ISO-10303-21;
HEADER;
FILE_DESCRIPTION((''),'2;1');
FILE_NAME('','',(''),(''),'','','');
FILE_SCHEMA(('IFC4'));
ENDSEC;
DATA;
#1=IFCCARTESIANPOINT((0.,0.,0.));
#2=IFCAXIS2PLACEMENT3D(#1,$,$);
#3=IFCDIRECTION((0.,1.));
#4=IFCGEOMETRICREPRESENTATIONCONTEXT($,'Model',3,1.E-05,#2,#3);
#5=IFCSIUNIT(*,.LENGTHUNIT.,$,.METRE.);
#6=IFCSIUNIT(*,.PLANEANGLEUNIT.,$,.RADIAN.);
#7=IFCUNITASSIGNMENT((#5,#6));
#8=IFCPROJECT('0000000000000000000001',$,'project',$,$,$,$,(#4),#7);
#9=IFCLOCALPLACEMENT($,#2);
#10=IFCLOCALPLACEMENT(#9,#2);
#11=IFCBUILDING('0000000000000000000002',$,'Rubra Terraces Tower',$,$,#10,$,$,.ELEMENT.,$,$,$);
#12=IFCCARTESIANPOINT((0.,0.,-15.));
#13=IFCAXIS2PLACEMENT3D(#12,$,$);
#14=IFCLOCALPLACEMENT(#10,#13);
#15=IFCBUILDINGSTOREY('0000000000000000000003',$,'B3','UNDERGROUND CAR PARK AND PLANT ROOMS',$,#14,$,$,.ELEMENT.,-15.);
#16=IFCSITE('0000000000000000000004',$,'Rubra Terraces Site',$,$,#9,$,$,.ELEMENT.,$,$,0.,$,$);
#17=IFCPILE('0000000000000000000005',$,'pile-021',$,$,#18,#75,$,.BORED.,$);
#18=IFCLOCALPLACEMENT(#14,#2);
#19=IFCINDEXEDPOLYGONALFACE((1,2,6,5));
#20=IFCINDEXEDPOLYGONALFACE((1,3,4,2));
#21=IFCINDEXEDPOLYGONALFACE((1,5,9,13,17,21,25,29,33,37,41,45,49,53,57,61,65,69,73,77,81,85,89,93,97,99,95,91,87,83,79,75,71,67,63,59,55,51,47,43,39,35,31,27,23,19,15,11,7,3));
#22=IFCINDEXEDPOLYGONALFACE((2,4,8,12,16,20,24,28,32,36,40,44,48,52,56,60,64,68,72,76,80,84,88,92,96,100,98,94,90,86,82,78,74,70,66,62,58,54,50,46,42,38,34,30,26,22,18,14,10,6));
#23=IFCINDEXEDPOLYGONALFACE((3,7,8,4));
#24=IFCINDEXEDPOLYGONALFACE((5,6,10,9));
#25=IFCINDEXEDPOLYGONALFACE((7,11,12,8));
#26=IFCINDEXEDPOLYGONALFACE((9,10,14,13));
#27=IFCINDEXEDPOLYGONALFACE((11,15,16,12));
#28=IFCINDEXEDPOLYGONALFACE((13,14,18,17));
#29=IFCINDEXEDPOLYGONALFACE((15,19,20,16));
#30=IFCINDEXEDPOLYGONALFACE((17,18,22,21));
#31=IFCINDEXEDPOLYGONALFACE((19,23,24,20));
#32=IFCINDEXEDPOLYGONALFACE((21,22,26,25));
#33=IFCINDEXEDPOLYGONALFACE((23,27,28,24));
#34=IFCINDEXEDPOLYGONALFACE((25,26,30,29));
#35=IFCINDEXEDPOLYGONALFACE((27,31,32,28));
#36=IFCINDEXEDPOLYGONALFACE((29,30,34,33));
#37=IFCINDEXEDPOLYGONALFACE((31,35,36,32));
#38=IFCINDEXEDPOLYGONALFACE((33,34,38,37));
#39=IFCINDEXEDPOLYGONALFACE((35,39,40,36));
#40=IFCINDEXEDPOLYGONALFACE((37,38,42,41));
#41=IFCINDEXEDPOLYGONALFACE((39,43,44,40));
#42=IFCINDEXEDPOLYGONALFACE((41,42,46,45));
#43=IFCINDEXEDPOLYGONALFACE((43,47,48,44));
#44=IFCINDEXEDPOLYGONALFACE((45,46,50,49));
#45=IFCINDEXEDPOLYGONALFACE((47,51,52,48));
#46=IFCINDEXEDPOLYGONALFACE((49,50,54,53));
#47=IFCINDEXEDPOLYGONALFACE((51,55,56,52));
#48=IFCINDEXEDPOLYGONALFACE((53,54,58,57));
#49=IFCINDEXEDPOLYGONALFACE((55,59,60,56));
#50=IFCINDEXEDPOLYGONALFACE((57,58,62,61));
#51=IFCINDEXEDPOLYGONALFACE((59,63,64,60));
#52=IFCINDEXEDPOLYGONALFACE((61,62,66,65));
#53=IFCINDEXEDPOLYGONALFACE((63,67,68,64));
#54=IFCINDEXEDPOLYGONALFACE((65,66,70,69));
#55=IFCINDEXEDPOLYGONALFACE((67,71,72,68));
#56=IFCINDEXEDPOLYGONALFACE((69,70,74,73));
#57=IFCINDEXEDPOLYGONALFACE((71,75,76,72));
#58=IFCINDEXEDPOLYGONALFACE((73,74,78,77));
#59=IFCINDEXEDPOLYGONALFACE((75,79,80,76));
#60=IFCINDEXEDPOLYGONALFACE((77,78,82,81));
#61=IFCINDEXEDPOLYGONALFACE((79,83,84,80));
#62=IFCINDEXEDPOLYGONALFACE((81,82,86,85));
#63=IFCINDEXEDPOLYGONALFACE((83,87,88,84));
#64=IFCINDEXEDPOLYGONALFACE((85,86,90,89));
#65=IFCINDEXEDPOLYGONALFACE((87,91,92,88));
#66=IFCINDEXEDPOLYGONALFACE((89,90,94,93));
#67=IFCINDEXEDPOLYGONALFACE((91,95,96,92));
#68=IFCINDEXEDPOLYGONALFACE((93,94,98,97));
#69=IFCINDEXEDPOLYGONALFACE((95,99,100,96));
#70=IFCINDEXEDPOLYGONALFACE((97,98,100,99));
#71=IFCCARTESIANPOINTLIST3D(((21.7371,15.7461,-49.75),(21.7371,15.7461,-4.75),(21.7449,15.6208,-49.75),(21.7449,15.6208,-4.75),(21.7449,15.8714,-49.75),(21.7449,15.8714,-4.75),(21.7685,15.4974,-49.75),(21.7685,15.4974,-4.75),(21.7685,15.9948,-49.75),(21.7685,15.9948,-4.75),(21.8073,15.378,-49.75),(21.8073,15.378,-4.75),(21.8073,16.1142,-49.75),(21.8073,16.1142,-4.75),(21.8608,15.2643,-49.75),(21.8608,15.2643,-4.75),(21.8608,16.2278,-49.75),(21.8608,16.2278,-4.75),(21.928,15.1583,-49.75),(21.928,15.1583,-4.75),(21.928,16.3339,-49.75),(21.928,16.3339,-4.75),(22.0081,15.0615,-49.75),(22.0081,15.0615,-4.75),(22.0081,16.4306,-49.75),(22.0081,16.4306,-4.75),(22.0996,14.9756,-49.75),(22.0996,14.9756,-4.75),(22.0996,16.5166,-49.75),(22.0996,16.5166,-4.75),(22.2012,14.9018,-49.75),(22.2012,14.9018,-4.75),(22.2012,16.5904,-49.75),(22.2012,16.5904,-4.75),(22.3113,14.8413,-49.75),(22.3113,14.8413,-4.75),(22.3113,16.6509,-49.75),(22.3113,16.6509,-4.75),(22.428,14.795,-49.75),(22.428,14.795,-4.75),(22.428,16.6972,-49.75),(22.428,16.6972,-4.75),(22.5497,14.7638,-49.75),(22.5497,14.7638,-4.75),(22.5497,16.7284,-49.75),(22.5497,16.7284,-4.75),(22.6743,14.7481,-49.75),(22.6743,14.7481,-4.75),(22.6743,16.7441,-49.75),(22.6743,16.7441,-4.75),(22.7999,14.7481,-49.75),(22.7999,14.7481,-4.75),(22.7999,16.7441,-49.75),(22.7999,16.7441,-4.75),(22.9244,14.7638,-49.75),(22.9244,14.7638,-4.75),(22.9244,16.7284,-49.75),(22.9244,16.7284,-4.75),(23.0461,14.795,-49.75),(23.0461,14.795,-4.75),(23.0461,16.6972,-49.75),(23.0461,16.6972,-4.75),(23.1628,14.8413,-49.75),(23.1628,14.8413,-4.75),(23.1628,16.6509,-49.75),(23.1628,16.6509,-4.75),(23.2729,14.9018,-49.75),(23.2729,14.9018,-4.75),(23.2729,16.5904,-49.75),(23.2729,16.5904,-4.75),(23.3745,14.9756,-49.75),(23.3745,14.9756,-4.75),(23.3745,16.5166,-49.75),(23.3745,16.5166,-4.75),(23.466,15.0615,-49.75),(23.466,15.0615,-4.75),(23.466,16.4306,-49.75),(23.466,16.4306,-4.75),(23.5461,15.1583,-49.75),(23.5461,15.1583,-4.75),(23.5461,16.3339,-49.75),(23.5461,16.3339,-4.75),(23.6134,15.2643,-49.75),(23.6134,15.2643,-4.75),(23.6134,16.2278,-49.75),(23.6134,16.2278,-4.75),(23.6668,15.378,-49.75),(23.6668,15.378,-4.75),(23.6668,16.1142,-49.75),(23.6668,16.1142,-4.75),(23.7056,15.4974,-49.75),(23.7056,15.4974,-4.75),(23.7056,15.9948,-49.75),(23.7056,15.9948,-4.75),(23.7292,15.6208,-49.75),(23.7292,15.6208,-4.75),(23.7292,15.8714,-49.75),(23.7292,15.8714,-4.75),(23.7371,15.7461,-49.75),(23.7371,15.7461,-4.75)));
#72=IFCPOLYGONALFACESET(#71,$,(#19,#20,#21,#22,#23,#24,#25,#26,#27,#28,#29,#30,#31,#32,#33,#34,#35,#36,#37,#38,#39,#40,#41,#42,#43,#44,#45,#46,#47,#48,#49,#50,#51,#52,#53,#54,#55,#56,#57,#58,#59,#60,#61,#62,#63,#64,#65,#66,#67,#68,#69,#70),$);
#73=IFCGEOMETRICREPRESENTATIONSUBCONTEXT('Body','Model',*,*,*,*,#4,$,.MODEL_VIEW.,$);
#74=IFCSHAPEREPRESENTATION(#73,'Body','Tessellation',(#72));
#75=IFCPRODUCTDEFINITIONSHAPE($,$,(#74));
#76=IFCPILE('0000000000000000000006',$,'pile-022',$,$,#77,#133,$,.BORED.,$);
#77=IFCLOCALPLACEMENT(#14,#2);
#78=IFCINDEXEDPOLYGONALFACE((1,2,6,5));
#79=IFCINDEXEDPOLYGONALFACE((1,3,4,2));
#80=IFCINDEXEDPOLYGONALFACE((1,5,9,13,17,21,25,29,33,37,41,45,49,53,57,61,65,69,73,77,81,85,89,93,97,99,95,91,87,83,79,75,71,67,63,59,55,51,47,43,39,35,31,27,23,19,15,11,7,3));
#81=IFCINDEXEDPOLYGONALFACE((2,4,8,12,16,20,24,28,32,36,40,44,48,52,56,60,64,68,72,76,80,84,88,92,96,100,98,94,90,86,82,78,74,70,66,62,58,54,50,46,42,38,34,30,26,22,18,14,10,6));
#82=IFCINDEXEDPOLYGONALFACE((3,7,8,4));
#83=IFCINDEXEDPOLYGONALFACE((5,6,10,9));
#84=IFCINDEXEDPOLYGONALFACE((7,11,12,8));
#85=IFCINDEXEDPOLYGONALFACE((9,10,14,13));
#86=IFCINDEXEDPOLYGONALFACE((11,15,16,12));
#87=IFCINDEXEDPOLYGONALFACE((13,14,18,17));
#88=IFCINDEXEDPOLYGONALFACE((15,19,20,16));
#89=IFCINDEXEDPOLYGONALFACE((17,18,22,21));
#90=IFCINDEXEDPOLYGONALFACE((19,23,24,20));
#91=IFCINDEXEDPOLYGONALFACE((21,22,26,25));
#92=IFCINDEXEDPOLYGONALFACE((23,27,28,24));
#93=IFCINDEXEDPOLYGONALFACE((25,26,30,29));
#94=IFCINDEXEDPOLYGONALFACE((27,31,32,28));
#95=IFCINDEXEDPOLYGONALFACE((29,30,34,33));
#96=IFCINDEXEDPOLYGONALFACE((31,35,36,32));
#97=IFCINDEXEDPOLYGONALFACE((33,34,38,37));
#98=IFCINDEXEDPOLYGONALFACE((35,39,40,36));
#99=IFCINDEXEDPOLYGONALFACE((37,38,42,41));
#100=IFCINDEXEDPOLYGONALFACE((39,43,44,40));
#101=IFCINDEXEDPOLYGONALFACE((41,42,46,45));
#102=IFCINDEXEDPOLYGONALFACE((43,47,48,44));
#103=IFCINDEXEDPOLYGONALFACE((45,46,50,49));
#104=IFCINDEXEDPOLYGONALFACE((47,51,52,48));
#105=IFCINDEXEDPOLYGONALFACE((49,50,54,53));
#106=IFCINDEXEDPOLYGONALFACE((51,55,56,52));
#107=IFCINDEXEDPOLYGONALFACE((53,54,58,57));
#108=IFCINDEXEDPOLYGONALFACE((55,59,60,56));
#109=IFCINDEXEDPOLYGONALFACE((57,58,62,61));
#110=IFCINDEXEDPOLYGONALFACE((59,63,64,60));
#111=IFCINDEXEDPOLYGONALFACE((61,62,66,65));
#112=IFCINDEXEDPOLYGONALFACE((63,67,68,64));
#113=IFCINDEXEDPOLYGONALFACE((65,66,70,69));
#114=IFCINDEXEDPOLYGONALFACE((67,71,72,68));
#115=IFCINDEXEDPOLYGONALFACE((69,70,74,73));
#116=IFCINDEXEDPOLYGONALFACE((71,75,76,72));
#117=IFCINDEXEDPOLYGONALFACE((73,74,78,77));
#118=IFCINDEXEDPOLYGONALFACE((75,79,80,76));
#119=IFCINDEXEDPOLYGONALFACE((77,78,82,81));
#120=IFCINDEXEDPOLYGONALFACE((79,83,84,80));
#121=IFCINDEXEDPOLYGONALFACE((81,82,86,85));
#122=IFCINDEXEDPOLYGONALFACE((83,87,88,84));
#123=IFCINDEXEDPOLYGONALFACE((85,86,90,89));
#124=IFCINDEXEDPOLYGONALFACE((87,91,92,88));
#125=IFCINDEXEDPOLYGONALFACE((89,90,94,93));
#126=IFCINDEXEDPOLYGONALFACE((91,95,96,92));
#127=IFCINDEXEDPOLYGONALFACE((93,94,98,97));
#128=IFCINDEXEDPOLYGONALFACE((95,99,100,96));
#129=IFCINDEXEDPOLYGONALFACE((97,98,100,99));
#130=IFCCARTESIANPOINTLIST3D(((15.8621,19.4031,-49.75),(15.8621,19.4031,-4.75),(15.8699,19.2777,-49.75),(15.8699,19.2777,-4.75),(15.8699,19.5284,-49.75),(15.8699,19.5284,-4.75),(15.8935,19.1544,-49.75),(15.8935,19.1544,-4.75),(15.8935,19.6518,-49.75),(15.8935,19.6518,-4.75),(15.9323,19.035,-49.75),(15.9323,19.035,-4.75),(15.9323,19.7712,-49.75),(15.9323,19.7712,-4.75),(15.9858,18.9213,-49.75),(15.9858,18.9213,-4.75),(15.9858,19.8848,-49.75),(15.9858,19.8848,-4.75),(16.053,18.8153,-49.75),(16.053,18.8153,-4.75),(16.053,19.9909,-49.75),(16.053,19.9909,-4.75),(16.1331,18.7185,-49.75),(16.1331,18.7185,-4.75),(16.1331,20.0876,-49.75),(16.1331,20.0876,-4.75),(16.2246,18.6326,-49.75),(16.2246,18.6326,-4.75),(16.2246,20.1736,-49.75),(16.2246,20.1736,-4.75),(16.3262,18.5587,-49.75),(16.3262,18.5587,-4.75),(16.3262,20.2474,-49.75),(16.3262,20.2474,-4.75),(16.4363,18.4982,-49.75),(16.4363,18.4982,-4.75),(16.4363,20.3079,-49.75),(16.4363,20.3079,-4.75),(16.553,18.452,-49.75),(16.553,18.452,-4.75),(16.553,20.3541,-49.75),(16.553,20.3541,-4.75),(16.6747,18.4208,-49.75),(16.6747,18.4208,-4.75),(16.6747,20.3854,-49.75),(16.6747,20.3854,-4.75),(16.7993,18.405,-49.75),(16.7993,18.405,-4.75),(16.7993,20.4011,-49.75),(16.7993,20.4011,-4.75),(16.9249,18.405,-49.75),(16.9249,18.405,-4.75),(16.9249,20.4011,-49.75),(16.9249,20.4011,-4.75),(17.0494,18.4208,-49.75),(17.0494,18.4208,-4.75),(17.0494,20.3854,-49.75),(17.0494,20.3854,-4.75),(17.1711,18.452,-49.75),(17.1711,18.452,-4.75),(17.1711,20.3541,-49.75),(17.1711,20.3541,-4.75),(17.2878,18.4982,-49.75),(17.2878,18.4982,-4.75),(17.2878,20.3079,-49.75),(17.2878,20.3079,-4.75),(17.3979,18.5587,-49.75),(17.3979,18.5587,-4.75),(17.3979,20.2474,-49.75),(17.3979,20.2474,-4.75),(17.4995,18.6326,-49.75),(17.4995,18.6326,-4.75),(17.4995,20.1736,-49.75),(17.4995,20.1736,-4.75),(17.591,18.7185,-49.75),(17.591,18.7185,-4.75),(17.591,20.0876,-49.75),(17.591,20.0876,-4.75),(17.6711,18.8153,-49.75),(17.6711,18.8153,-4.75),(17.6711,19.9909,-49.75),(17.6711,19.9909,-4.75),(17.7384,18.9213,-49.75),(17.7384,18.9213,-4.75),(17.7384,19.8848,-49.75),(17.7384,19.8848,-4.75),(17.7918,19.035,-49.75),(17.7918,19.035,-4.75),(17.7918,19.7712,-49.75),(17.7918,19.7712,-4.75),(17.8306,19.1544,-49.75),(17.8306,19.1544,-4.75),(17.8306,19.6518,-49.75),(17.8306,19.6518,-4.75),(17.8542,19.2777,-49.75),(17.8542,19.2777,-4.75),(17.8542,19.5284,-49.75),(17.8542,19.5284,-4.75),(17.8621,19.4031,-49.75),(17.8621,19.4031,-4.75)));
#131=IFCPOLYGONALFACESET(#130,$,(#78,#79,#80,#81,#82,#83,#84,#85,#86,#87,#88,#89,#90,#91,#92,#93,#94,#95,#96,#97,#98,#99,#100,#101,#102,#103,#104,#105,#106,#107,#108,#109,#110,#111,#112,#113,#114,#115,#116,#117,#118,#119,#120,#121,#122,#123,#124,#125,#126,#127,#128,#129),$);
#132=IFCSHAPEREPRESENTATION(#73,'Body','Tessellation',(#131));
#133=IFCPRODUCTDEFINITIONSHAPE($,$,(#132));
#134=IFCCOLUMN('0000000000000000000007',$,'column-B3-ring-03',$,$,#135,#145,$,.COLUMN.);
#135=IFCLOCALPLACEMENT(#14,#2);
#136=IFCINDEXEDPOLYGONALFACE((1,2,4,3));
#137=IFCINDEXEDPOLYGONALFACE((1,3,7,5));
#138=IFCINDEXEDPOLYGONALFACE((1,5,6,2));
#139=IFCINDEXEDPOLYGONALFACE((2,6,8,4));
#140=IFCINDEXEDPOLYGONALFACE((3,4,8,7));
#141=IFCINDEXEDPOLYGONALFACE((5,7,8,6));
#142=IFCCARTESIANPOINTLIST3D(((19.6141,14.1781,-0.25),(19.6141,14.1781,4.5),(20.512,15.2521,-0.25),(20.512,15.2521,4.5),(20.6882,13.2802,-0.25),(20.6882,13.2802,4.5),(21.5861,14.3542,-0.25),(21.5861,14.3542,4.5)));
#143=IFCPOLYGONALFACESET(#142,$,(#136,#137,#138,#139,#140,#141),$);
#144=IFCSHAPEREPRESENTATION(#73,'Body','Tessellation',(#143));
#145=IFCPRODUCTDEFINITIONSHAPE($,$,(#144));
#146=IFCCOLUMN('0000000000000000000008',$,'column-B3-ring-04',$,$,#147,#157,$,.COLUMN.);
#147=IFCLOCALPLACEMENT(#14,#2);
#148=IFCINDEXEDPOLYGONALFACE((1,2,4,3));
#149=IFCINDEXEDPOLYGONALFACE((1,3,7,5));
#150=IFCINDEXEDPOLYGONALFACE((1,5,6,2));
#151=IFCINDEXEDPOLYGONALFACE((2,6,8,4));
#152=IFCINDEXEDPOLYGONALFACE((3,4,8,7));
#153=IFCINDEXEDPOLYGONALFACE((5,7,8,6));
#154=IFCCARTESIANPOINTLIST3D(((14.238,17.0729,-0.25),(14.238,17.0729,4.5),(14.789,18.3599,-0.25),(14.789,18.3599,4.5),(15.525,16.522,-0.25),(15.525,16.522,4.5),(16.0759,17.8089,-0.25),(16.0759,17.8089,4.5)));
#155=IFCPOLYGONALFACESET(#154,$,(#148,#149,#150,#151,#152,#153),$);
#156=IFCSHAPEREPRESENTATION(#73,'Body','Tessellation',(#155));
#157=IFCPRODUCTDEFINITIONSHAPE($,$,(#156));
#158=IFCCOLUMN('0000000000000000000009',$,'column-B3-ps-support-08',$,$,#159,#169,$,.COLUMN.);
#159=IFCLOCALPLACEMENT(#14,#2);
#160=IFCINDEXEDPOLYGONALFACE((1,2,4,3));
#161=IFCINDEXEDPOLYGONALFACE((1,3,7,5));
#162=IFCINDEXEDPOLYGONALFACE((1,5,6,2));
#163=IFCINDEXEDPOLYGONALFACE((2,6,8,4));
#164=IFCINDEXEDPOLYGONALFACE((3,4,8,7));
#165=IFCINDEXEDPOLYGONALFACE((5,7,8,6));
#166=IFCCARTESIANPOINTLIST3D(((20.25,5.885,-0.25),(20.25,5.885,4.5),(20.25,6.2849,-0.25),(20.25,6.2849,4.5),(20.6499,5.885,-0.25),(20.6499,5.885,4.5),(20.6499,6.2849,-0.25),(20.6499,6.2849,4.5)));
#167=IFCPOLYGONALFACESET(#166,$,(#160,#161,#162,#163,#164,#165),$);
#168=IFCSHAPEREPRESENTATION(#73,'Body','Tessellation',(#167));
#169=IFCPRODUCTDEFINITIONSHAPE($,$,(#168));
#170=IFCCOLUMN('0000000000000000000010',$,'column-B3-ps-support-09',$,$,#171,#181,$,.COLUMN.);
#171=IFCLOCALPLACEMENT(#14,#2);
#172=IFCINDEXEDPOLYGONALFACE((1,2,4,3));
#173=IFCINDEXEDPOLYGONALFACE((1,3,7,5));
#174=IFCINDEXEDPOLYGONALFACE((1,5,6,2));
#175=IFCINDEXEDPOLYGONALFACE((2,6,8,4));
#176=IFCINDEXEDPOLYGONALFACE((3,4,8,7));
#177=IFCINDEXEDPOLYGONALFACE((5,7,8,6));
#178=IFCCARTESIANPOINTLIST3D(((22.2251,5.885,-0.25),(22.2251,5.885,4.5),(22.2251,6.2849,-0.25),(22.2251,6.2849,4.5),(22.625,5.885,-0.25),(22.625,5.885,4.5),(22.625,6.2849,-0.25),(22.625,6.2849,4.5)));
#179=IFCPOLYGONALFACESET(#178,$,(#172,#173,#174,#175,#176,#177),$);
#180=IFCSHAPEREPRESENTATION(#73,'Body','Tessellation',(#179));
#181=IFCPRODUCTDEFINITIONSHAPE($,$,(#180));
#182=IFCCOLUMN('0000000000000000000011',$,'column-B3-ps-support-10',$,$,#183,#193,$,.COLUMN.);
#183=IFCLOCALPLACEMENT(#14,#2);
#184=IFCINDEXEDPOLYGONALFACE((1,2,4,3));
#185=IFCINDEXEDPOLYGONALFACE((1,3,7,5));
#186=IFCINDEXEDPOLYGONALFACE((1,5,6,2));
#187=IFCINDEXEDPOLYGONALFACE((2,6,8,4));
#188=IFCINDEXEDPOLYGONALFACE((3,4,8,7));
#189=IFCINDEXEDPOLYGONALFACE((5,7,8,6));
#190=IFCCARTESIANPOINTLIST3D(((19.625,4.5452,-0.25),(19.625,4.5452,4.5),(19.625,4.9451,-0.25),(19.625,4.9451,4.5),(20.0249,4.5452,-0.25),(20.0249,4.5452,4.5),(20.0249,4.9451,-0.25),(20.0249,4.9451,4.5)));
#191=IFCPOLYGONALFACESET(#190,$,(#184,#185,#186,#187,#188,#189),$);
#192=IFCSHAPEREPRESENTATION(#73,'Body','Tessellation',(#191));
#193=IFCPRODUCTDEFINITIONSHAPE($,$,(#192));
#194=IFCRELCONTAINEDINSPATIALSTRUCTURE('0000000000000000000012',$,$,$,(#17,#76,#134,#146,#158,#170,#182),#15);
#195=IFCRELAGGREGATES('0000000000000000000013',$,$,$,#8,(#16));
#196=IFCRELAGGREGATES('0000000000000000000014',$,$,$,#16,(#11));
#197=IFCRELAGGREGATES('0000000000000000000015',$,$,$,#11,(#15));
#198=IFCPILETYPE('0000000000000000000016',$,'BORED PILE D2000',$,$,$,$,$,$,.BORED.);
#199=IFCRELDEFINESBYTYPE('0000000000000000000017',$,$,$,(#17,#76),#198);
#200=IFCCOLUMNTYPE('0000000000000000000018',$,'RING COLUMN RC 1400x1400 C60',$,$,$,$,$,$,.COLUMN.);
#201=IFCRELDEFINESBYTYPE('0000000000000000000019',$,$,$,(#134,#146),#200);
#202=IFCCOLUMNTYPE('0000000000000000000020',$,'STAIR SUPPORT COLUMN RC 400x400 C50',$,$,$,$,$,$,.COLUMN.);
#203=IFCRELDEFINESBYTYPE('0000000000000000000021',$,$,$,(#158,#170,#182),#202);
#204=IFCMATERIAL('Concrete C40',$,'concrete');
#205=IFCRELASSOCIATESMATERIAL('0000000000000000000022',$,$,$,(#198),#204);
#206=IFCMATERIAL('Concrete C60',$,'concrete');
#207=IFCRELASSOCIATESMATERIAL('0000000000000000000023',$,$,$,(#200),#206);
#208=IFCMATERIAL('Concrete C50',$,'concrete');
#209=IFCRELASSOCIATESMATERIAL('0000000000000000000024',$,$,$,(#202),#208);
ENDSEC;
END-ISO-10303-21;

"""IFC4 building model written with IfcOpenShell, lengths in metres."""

from ifc_helpers import new_model, si_unit, direction, frame, origin, origin_2d, place, context, subcontext, project, spatial, rectangle, circle, extrude, material, material_profile, profile_set, type_object, element, save


model = new_model("IFC4")

# Units and contexts
model_context = context("Model", 3, precision=1e-05, world=origin(), true_north=direction((0.0, 1.0)))
body_context = subcontext(model_context, "Body", "Model", "MODEL_VIEW")
ifc_project = project(units=[si_unit("LENGTHUNIT", "METRE"), si_unit("PLANEANGLEUNIT", "RADIAN")], contexts=[model_context])

# Site, building, storey
site_placement = place(None, origin())
site = spatial("IfcSite", under=ifc_project, at=site_placement, Name="Rubra Terraces Site", CompositionType="ELEMENT", RefElevation=0.0)
building_placement = place(site_placement, origin())
building = spatial("IfcBuilding", under=site, at=building_placement, Name="Rubra Terraces Tower", CompositionType="ELEMENT")
storey_placement = place(building_placement, frame((0.0, 0.0, -15.0)))
storey = spatial("IfcBuildingStorey", under=building, at=storey_placement, Name="B3", Description="UNDERGROUND CAR PARK AND PLANT ROOMS", CompositionType="ELEMENT", Elevation=-15.0)

# Piles
ifc_material_1 = material(Name="Concrete C40", Category="concrete")
ifc_material_profile_1 = material_profile(ifc_material_1, circle(Radius=1.0, at=origin_2d()), Name="BORED PILE D2000")
ifc_profile_set_1 = profile_set([ifc_material_profile_1], Name="Concrete C40")
pile_type = type_object("IfcPileType", Name="BORED PILE D2000", PredefinedType="BORED", material=ifc_profile_set_1)
for number, where, z_axis, x_axis, name in (
    (1, (22.7371, 15.7461, -4.75), (0.0, 0.0, -1.0), (1.0, 0.0, 0.0), "pile-021"),
    (2, (16.8621, 19.4031, -4.75), (0.0, 0.0, -1.0), (1.0, 0.0, 0.0), "pile-022"),
):
    element("IfcPile", number, at=place(storey_placement, frame(where, z_axis=z_axis, x_axis=x_axis)), inside=storey, type_object=pile_type, Name=name, PredefinedType="BORED", context=body_context, shape_type="SweptSolid", body=[
        extrude(circle(Radius=1.0, at=origin_2d()), origin(), (0.0, 0.0, 1.0), 45.0),
    ])

# Columns
ifc_material_2 = material(Name="Concrete C60", Category="concrete")
ifc_material_profile_2 = material_profile(ifc_material_2, rectangle(XDim=1.3999, YDim=1.3999, at=origin_2d()), Name="RC 1400x1400")
ifc_profile_set_2 = profile_set([ifc_material_profile_2], Name="Concrete C60")
column_type_1 = type_object("IfcColumnType", Name="RING COLUMN RC 1400x1400 C60", PredefinedType="COLUMN", material=ifc_profile_set_2)
for number, where, z_axis, x_axis, name in (
    (3, (20.6001, 14.2661, -0.25), (0.0, 0.0, 1.0), (-0.76721, 0.641397, 0.0), "column-B3-ring-03"),
    (4, (15.157, 17.4409, -0.25), (0.0, 0.0, 1.0), (-0.919294, 0.393572, 0.0), "column-B3-ring-04"),
):
    element("IfcColumn", number, at=place(storey_placement, frame(where, z_axis=z_axis, x_axis=x_axis)), inside=storey, type_object=column_type_1, Name=name, PredefinedType="COLUMN", context=body_context, shape_type="SweptSolid", body=[
        extrude(rectangle(XDim=1.3999, YDim=1.3999, at=origin_2d()), origin(), (0.0, 0.0, 1.0), 4.75),
    ])
ifc_material_3 = material(Name="Concrete C50", Category="concrete")
ifc_material_profile_3 = material_profile(ifc_material_3, rectangle(XDim=0.3999, YDim=0.3999, at=origin_2d()), Name="RC 400x400")
ifc_profile_set_3 = profile_set([ifc_material_profile_3], Name="Concrete C50")
column_type_2 = type_object("IfcColumnType", Name="STAIR SUPPORT COLUMN RC 400x400 C50", PredefinedType="COLUMN", material=ifc_profile_set_3)
for number, where, z_axis, x_axis, name in (
    (5, (20.45, 6.085, -0.25), (0.0, 0.0, 1.0), (1.0, 0.0, 0.0), "column-B3-ps-support-08"),
    (6, (22.425, 6.085, -0.25), (0.0, 0.0, 1.0), (1.0, 0.0, 0.0), "column-B3-ps-support-09"),
    (7, (19.825, 4.7451, -0.25), (0.0, 0.0, 1.0), (1.0, 0.0, 0.0), "column-B3-ps-support-10"),
):
    element("IfcColumn", number, at=place(storey_placement, frame(where, z_axis=z_axis, x_axis=x_axis)), inside=storey, type_object=column_type_2, Name=name, PredefinedType="COLUMN", context=body_context, shape_type="SweptSolid", body=[
        extrude(rectangle(XDim=0.3999, YDim=0.3999, at=origin_2d()), origin(), (0.0, 0.0, 1.0), 4.75),
    ])

save(model, "model.ifc")
